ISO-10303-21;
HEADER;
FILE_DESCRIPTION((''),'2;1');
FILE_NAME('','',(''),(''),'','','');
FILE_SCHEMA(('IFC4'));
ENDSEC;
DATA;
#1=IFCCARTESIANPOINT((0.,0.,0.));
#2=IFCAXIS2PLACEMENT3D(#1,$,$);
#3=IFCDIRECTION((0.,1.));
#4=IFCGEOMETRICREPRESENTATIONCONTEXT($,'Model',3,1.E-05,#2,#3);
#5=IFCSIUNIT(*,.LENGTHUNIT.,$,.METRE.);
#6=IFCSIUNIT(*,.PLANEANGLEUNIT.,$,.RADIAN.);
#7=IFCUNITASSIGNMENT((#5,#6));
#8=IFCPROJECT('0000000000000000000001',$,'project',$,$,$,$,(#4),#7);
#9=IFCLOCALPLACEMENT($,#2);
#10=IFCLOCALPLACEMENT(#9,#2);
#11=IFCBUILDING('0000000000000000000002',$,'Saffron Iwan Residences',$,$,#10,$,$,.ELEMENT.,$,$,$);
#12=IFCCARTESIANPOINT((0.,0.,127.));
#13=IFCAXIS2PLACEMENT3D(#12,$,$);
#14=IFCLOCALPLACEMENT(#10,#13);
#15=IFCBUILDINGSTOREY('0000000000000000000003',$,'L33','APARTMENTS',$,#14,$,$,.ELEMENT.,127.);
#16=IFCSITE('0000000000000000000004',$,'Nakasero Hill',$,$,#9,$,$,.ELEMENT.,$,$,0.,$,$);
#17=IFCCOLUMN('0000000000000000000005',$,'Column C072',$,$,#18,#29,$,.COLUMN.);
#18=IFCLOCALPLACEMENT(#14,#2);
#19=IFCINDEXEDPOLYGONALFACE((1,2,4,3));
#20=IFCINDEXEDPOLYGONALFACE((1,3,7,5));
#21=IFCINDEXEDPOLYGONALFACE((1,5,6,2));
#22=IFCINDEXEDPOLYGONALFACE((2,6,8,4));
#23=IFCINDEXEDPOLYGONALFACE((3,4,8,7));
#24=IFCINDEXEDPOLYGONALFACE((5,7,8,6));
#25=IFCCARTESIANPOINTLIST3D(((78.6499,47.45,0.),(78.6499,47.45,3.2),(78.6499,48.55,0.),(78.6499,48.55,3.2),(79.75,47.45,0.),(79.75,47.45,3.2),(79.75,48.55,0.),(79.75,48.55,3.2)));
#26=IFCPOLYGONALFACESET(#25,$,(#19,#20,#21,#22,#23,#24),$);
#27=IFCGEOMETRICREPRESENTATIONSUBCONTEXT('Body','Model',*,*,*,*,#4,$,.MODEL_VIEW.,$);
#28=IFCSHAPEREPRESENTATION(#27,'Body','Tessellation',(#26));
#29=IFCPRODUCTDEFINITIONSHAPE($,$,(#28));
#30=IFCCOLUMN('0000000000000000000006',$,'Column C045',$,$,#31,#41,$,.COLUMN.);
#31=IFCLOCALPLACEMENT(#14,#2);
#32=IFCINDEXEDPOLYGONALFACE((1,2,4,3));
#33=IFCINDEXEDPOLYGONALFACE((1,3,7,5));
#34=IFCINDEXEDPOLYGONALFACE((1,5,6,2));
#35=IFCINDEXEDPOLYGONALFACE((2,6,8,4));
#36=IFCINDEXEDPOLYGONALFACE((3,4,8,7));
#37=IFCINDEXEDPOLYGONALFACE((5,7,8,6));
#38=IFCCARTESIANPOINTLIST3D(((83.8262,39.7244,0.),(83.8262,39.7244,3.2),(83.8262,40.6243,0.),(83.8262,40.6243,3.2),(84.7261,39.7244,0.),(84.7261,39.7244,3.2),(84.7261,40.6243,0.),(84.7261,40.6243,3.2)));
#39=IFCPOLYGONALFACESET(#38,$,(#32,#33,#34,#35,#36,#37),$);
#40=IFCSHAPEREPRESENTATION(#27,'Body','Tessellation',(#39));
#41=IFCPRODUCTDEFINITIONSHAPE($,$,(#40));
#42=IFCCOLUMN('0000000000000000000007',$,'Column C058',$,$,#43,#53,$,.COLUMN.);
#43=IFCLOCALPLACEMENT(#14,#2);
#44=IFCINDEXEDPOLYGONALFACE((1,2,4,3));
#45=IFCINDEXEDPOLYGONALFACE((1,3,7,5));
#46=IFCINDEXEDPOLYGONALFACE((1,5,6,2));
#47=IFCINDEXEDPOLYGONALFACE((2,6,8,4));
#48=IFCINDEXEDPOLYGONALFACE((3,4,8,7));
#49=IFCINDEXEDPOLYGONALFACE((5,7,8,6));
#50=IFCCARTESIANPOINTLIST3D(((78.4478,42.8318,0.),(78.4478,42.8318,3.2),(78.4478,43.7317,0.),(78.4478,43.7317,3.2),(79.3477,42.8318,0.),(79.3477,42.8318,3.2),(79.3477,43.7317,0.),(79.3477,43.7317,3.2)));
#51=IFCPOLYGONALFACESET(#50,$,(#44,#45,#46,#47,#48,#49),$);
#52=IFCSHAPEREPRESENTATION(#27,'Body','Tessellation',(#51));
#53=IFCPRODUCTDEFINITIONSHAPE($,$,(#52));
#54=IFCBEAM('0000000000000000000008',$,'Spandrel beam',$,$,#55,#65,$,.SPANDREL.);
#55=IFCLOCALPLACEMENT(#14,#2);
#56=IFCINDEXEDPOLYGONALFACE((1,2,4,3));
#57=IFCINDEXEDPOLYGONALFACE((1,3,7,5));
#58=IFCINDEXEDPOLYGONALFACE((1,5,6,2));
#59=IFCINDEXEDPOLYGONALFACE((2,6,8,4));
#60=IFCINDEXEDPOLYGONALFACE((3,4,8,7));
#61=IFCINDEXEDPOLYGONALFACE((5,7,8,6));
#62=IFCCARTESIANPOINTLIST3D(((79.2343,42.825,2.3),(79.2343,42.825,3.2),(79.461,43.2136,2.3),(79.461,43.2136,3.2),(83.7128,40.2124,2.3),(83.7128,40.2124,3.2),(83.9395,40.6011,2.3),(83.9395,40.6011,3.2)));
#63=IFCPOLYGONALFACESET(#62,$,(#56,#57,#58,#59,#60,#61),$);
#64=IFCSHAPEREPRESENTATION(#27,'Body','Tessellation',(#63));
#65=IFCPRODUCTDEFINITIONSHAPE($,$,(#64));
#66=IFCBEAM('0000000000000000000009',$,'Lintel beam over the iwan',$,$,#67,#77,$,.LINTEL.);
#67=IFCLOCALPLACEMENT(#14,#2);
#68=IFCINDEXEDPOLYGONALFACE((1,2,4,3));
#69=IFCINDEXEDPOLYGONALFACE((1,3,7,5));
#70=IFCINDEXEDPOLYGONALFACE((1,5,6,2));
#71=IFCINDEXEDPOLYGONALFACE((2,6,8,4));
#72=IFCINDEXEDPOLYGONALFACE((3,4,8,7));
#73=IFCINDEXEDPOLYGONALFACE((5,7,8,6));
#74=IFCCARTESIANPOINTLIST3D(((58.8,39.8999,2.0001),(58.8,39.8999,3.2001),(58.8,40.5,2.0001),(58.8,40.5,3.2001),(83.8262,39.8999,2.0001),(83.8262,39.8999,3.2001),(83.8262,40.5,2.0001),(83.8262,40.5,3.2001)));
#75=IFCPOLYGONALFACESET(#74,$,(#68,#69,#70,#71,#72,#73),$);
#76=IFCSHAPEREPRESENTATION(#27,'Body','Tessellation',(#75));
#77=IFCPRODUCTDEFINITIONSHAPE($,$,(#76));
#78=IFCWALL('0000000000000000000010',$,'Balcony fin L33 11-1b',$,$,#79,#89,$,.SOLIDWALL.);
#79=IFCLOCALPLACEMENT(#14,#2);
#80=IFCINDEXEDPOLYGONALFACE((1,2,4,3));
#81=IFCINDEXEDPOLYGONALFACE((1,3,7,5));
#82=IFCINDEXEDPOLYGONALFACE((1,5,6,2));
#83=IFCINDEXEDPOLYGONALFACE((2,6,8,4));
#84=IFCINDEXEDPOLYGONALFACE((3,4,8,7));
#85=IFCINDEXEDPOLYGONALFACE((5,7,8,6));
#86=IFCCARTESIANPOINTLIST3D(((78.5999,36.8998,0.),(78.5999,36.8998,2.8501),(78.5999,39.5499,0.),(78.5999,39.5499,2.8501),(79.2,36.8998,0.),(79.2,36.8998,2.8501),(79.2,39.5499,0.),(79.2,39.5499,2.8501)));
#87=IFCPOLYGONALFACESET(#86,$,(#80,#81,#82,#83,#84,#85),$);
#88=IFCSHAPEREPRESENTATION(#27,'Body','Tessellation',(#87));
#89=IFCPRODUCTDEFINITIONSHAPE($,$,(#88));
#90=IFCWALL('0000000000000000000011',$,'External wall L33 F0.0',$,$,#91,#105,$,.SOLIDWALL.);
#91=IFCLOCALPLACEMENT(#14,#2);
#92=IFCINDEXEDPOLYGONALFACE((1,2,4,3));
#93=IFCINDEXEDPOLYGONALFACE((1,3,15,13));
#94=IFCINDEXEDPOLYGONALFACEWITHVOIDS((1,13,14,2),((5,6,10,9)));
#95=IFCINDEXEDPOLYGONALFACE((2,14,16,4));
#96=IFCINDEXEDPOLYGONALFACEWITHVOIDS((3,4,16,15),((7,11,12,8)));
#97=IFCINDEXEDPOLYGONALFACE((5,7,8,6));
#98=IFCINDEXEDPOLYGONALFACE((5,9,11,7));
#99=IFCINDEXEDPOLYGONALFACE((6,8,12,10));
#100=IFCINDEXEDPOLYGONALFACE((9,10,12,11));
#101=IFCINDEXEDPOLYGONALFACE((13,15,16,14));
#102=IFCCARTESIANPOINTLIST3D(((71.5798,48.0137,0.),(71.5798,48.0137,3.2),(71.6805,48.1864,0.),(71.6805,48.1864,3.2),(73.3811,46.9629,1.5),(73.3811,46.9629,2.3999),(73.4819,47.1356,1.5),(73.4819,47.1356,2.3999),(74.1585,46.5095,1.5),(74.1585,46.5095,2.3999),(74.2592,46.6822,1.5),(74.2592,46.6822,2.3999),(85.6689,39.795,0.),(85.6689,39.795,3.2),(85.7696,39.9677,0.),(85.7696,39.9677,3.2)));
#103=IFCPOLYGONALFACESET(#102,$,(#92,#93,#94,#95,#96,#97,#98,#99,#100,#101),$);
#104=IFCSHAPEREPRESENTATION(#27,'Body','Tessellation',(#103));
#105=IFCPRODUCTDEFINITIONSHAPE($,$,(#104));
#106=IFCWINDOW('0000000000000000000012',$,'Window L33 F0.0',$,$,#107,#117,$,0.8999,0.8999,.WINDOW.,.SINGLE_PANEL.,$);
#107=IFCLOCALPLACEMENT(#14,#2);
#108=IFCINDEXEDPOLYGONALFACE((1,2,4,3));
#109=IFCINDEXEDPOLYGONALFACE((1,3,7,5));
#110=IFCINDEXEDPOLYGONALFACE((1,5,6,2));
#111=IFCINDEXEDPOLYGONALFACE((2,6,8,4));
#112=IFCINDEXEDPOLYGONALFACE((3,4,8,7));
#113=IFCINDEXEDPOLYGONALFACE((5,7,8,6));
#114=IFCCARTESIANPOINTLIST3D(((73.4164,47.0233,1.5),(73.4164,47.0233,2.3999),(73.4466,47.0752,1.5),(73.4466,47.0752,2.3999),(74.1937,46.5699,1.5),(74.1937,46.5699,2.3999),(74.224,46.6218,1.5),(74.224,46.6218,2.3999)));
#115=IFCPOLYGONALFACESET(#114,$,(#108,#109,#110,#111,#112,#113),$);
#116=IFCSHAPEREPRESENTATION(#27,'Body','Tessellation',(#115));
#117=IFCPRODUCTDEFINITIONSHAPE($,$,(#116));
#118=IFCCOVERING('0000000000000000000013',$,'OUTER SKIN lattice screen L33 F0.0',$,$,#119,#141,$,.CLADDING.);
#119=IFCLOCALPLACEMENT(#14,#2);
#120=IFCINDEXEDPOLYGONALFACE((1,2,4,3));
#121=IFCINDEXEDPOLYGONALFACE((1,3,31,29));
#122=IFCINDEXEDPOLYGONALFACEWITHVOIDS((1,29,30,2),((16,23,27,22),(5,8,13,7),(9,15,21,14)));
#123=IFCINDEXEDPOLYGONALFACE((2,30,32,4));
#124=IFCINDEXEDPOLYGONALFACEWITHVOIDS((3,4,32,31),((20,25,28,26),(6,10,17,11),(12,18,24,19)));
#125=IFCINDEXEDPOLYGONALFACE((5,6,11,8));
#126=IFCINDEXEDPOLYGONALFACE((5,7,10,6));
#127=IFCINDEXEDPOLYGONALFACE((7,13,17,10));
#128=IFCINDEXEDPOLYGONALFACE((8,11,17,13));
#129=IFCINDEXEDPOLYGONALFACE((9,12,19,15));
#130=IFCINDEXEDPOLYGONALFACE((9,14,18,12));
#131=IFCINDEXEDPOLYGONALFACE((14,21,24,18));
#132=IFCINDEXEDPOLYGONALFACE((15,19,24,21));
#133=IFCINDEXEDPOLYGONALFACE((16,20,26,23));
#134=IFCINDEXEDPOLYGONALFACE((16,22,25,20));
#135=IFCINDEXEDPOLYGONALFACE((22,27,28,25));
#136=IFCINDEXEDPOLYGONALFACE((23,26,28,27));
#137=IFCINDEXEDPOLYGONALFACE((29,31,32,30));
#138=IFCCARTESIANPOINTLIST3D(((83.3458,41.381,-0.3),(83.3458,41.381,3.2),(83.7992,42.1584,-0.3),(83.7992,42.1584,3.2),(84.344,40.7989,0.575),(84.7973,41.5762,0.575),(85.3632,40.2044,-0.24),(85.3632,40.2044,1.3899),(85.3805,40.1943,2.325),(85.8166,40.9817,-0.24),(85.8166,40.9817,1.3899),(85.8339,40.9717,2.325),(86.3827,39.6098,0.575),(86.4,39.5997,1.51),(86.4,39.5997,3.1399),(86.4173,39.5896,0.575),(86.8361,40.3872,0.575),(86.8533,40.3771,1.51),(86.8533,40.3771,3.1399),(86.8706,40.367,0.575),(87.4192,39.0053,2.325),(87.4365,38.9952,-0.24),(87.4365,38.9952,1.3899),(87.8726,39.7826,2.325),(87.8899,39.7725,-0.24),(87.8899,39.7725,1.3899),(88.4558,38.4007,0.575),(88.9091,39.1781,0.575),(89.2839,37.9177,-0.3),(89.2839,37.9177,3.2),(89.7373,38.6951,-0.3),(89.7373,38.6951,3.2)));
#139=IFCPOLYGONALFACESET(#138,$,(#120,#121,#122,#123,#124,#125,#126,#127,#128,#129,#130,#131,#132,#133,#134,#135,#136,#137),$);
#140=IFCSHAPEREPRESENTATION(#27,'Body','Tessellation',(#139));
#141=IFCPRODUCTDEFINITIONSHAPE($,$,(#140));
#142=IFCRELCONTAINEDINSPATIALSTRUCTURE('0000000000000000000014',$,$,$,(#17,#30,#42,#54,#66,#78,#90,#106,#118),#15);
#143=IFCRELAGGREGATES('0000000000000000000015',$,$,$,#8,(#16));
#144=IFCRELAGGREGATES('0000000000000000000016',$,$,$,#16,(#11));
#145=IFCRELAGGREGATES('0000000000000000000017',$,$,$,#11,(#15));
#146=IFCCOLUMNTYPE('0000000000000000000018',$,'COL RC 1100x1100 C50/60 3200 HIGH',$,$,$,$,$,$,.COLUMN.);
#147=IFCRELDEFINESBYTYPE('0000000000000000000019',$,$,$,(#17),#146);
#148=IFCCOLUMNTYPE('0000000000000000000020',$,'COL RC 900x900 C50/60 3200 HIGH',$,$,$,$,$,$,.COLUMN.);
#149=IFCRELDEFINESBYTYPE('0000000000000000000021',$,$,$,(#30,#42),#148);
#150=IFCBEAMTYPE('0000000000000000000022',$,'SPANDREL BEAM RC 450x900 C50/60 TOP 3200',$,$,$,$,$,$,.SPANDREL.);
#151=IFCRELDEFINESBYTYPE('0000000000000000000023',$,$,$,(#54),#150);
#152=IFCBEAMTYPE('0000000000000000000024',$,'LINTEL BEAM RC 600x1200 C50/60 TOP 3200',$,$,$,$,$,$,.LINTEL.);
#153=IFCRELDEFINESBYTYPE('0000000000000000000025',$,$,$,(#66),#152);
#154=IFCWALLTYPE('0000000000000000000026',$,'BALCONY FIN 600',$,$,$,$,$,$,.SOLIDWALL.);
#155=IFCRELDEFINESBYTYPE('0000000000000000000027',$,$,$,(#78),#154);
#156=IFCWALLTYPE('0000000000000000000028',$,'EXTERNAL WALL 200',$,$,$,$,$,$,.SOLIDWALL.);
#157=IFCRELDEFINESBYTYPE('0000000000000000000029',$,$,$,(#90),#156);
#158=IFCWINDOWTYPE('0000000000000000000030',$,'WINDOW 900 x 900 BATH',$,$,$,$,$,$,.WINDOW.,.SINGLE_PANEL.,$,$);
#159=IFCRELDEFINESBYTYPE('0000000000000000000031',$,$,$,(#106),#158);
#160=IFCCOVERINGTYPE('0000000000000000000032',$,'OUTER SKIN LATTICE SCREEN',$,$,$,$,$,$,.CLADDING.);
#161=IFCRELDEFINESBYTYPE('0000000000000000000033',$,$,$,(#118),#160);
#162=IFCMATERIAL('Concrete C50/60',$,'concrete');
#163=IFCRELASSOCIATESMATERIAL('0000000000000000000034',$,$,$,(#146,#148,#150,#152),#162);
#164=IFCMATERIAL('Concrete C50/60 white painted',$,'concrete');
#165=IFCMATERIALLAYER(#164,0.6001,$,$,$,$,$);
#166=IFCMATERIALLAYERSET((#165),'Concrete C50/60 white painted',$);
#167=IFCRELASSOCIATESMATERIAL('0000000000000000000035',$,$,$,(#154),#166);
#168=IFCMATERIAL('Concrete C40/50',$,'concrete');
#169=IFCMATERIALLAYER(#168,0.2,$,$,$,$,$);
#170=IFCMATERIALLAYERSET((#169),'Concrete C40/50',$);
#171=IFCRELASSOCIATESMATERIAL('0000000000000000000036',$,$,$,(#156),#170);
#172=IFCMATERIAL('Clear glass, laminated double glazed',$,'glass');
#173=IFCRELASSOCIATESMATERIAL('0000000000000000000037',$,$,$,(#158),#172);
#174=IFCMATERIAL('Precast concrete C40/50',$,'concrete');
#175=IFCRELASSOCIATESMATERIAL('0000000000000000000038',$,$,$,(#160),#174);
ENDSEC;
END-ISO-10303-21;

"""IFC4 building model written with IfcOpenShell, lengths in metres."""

from ifc_helpers import new_model, si_unit, direction, frame, frame_2d, origin, origin_2d, place, context, subcontext, project, spatial, polyline, rectangle, outline, extrude, source, transform, mapped, material, layer, layer_set, material_profile, profile_set, type_object, element, fill, save


model = new_model("IFC4")

# Units and contexts
model_context = context("Model", 3, precision=1e-05, world=origin(), true_north=direction((0.0, 1.0)))
body_context = subcontext(model_context, "Body", "Model", "MODEL_VIEW")
ifc_project = project(units=[si_unit("LENGTHUNIT", "METRE"), si_unit("PLANEANGLEUNIT", "RADIAN")], contexts=[model_context])

# Site, building, storey
site_placement = place(None, origin())
site = spatial("IfcSite", under=ifc_project, at=site_placement, Name="Nakasero Hill", CompositionType="ELEMENT", RefElevation=0.0)
building_placement = place(site_placement, origin())
building = spatial("IfcBuilding", under=site, at=building_placement, Name="Saffron Iwan Residences", CompositionType="ELEMENT")
storey_placement = place(building_placement, frame((0.0, 0.0, 127.0)))
storey = spatial("IfcBuildingStorey", under=building, at=storey_placement, Name="L33", Description="APARTMENTS", CompositionType="ELEMENT", Elevation=127.0)

# Columns
ifc_material_1 = material(Name="Concrete C50/60", Category="concrete")
ifc_material_profile_1 = material_profile(ifc_material_1, rectangle(XDim=1.1001, YDim=1.1001, at=origin_2d()), Name="RC 1100x1100")
ifc_profile_set_1 = profile_set([ifc_material_profile_1], Name="Concrete C50/60")
column_type_1 = type_object("IfcColumnType", Name="COL RC 1100x1100 C50/60 3200 HIGH", PredefinedType="COLUMN", material=ifc_profile_set_1)
shared_shape_1 = source(origin(), body_context, "Body", "SweptSolid", [
    extrude(rectangle(XDim=1.1001, YDim=1.1001, at=origin_2d()), origin(), (0.0, 0.0, 1.0), 3.2),
])
column_placement = place(storey_placement, frame((79.2, 48.0, 0.0), z_axis=(0.0, 0.0, 1.0), x_axis=(1.0, 0.0, 0.0)))
element("IfcColumn", 1, at=column_placement, inside=storey, type_object=column_type_1, Name="Column C072", PredefinedType="COLUMN", context=body_context, shape_type="MappedRepresentation", body=[
    mapped(shared_shape_1, transform((0.0, 0.0, 0.0))),
])
ifc_material_profile_2 = material_profile(ifc_material_1, rectangle(XDim=0.8999, YDim=0.8999, at=origin_2d()), Name="RC 900x900")
ifc_profile_set_2 = profile_set([ifc_material_profile_2], Name="Concrete C50/60")
column_type_2 = type_object("IfcColumnType", Name="COL RC 900x900 C50/60 3200 HIGH", PredefinedType="COLUMN", material=ifc_profile_set_2)
shared_shape_2 = source(origin(), body_context, "Body", "SweptSolid", [
    extrude(rectangle(XDim=0.8999, YDim=0.8999, at=origin_2d()), origin(), (0.0, 0.0, 1.0), 3.2),
])
for number, where, z_axis, x_axis, name in (
    (2, (84.2761, 40.1743, 0.0), (0.0, 0.0, 1.0), (1.0, 0.0, 0.0), "Column C045"),
    (3, (78.8977, 43.2817, 0.0), (0.0, 0.0, 1.0), (1.0, 0.0, 0.0), "Column C058"),
):
    element("IfcColumn", number, at=place(storey_placement, frame(where, z_axis=z_axis, x_axis=x_axis)), inside=storey, type_object=column_type_2, Name=name, PredefinedType="COLUMN", context=body_context, shape_type="MappedRepresentation", body=[
        mapped(shared_shape_2, transform((0.0, 0.0, 0.0))),
    ])

# Beams
ifc_material_profile_3 = material_profile(ifc_material_1, rectangle(XDim=0.45, YDim=0.8999, at=origin_2d()), Name="RC 450x900")
ifc_profile_set_3 = profile_set([ifc_material_profile_3], Name="Concrete C50/60")
beam_type_1 = type_object("IfcBeamType", Name="SPANDREL BEAM RC 450x900 C50/60 TOP 3200", PredefinedType="SPANDREL", material=ifc_profile_set_3)
shared_shape_3 = source(origin(), body_context, "Body", "SweptSolid", [
    extrude(rectangle(XDim=0.45, YDim=0.8999, at=origin_2d()), origin(), (0.0, 0.0, 1.0), 5.1848),
])
beam_1_placement = place(storey_placement, frame((79.3477, 43.0193, 2.75), z_axis=(0.863772, -0.503883, 0.0), x_axis=(0.503883, 0.863772, 0.0)))
element("IfcBeam", 4, at=beam_1_placement, inside=storey, type_object=beam_type_1, Name="Spandrel beam", PredefinedType="SPANDREL", context=body_context, shape_type="MappedRepresentation", body=[
    mapped(shared_shape_3, transform((0.0, 0.0, 0.0))),
])
ifc_material_profile_4 = material_profile(ifc_material_1, rectangle(XDim=0.6001, YDim=1.2, at=origin_2d()), Name="RC 600x1200")
ifc_profile_set_4 = profile_set([ifc_material_profile_4], Name="Concrete C50/60")
beam_type_2 = type_object("IfcBeamType", Name="LINTEL BEAM RC 600x1200 C50/60 TOP 3200", PredefinedType="LINTEL", material=ifc_profile_set_4)
shared_shape_4 = source(origin(), body_context, "Body", "SweptSolid", [
    extrude(rectangle(XDim=0.6001, YDim=1.2, at=origin_2d()), origin(), (0.0, 0.0, 1.0), 25.0261),
])
beam_2_placement = place(storey_placement, frame((83.8262, 40.2, 2.6001), z_axis=(-1.0, 0.0, 0.0), x_axis=(0.0, -1.0, 0.0)))
element("IfcBeam", 5, at=beam_2_placement, inside=storey, type_object=beam_type_2, Name="Lintel beam over the iwan", PredefinedType="LINTEL", context=body_context, shape_type="MappedRepresentation", body=[
    mapped(shared_shape_4, transform((0.0, 0.0, 0.0))),
])

# Wall
ifc_material_2 = material(Name="Concrete C50/60 white painted", Category="concrete")
ifc_layer_1 = layer(ifc_material_2, 0.6001)
ifc_layer_set_1 = layer_set([ifc_layer_1], Name="Concrete C50/60 white painted")
wall_type_1 = type_object("IfcWallType", Name="BALCONY FIN 600", PredefinedType="SOLIDWALL", material=ifc_layer_set_1)
wall_1_placement = place(storey_placement, frame((78.8999, 39.55, 0.0), z_axis=(0.0, 0.0, 1.0), x_axis=(0.0, -1.0, 0.0)))
element("IfcWall", 6, at=wall_1_placement, inside=storey, type_object=wall_type_1, Name="Balcony fin L33 11-1b", PredefinedType="SOLIDWALL", context=body_context, shape_type="SweptSolid", body=[
    extrude(rectangle(XDim=2.6501, YDim=0.6001, at=frame_2d((1.3252, 0.0))), origin(), (0.0, 0.0, 1.0), 2.8501),
])

# Wall, opening, window
ifc_material_3 = material(Name="Concrete C40/50", Category="concrete")
ifc_layer_2 = layer(ifc_material_3, 0.2)
ifc_layer_set_2 = layer_set([ifc_layer_2], Name="Concrete C40/50")
wall_type_2 = type_object("IfcWallType", Name="EXTERNAL WALL 200", PredefinedType="SOLIDWALL", material=ifc_layer_set_2)
wall_2_placement = place(storey_placement, frame((85.7192, 39.8813, 0.0), z_axis=(0.0, 0.0, 1.0), x_axis=(-0.863776, 0.503876, 0.0)))
wall_2 = element("IfcWall", 7, at=wall_2_placement, inside=storey, type_object=wall_type_2, Name="External wall L33 F0.0", PredefinedType="SOLIDWALL", context=body_context, shape_type="SweptSolid", body=[
    extrude(rectangle(XDim=16.311, YDim=0.2, at=frame_2d((8.1555, 0.0))), origin(), (0.0, 0.0, 1.0), 3.2),
])
opening_placement = place(wall_2_placement, frame((13.3257, 0.0, 1.5)))
opening = element("IfcOpeningElement", 8, at=opening_placement, cuts=wall_2, PredefinedType="OPENING", context=body_context, shape_type="SweptSolid", body=[
    extrude(rectangle(XDim=0.8999, YDim=0.8999, at=frame_2d((0.45, 0.45))), frame((0.0, 0.1099, 0.0), z_axis=(0.0, -1.0, 0.0), x_axis=(1.0, 0.0, 0.0)), (0.0, 0.0, 1.0), 0.22),
])
ifc_material_4 = material(Name="Clear glass, laminated double glazed", Category="glass")
window_type = type_object("IfcWindowType", Name="WINDOW 900 x 900 BATH", PartitioningType="SINGLE_PANEL", PredefinedType="WINDOW", material=ifc_material_4)
window_placement = place(opening_placement, origin())
window = element("IfcWindow", 9, at=window_placement, inside=storey, type_object=window_type, Name="Window L33 F0.0", OverallHeight=0.8999, OverallWidth=0.8999, PartitioningType="SINGLE_PANEL", PredefinedType="WINDOW", context=body_context, shape_type="SweptSolid", body=[
    extrude(rectangle(XDim=0.8999, YDim=0.8999, at=frame_2d((0.45, 0.45))), frame((0.0, 0.03, 0.0), z_axis=(0.0, -1.0, 0.0), x_axis=(1.0, 0.0, 0.0)), (0.0, 0.0, 1.0), 0.0601),
])
fill(opening, window)

# Covering
ifc_material_5 = material(Name="Precast concrete C40/50", Category="concrete")
covering_type = type_object("IfcCoveringType", Name="OUTER SKIN LATTICE SCREEN", PredefinedType="CLADDING", material=ifc_material_5)
covering_1_placement = place(storey_placement, frame((89.2839, 37.9177, -0.3), z_axis=(0.503804, 0.863818, 0.0), x_axis=(-0.863818, 0.503804, 0.0)))
element("IfcCovering", 10, at=covering_1_placement, inside=storey, type_object=covering_type, Name="OUTER SKIN lattice screen L33 F0.0", PredefinedType="CLADDING", context=body_context, shape_type="SweptSolid", body=[
    extrude(outline(polyline([(0.0, 0.0), (6.8743, 0.0), (6.8743, 3.5), (0.0, 3.5), (0.0, 0.0)]), holes=[polyline([(0.9587, 0.875), (2.1387, 0.0601), (3.3186, 0.875), (2.1387, 1.6899), (0.9587, 0.875)]), polyline([(3.3586, 0.875), (4.5388, 0.0601), (5.7188, 0.875), (4.5388, 1.6899), (3.3586, 0.875)]), polyline([(2.1587, 2.625), (3.3386, 1.8101), (4.5188, 2.625), (3.3386, 3.4399), (2.1587, 2.625)])]), origin(), (0.0, 0.0, 1.0), 0.8999),
])

save(model, "model.ifc")
